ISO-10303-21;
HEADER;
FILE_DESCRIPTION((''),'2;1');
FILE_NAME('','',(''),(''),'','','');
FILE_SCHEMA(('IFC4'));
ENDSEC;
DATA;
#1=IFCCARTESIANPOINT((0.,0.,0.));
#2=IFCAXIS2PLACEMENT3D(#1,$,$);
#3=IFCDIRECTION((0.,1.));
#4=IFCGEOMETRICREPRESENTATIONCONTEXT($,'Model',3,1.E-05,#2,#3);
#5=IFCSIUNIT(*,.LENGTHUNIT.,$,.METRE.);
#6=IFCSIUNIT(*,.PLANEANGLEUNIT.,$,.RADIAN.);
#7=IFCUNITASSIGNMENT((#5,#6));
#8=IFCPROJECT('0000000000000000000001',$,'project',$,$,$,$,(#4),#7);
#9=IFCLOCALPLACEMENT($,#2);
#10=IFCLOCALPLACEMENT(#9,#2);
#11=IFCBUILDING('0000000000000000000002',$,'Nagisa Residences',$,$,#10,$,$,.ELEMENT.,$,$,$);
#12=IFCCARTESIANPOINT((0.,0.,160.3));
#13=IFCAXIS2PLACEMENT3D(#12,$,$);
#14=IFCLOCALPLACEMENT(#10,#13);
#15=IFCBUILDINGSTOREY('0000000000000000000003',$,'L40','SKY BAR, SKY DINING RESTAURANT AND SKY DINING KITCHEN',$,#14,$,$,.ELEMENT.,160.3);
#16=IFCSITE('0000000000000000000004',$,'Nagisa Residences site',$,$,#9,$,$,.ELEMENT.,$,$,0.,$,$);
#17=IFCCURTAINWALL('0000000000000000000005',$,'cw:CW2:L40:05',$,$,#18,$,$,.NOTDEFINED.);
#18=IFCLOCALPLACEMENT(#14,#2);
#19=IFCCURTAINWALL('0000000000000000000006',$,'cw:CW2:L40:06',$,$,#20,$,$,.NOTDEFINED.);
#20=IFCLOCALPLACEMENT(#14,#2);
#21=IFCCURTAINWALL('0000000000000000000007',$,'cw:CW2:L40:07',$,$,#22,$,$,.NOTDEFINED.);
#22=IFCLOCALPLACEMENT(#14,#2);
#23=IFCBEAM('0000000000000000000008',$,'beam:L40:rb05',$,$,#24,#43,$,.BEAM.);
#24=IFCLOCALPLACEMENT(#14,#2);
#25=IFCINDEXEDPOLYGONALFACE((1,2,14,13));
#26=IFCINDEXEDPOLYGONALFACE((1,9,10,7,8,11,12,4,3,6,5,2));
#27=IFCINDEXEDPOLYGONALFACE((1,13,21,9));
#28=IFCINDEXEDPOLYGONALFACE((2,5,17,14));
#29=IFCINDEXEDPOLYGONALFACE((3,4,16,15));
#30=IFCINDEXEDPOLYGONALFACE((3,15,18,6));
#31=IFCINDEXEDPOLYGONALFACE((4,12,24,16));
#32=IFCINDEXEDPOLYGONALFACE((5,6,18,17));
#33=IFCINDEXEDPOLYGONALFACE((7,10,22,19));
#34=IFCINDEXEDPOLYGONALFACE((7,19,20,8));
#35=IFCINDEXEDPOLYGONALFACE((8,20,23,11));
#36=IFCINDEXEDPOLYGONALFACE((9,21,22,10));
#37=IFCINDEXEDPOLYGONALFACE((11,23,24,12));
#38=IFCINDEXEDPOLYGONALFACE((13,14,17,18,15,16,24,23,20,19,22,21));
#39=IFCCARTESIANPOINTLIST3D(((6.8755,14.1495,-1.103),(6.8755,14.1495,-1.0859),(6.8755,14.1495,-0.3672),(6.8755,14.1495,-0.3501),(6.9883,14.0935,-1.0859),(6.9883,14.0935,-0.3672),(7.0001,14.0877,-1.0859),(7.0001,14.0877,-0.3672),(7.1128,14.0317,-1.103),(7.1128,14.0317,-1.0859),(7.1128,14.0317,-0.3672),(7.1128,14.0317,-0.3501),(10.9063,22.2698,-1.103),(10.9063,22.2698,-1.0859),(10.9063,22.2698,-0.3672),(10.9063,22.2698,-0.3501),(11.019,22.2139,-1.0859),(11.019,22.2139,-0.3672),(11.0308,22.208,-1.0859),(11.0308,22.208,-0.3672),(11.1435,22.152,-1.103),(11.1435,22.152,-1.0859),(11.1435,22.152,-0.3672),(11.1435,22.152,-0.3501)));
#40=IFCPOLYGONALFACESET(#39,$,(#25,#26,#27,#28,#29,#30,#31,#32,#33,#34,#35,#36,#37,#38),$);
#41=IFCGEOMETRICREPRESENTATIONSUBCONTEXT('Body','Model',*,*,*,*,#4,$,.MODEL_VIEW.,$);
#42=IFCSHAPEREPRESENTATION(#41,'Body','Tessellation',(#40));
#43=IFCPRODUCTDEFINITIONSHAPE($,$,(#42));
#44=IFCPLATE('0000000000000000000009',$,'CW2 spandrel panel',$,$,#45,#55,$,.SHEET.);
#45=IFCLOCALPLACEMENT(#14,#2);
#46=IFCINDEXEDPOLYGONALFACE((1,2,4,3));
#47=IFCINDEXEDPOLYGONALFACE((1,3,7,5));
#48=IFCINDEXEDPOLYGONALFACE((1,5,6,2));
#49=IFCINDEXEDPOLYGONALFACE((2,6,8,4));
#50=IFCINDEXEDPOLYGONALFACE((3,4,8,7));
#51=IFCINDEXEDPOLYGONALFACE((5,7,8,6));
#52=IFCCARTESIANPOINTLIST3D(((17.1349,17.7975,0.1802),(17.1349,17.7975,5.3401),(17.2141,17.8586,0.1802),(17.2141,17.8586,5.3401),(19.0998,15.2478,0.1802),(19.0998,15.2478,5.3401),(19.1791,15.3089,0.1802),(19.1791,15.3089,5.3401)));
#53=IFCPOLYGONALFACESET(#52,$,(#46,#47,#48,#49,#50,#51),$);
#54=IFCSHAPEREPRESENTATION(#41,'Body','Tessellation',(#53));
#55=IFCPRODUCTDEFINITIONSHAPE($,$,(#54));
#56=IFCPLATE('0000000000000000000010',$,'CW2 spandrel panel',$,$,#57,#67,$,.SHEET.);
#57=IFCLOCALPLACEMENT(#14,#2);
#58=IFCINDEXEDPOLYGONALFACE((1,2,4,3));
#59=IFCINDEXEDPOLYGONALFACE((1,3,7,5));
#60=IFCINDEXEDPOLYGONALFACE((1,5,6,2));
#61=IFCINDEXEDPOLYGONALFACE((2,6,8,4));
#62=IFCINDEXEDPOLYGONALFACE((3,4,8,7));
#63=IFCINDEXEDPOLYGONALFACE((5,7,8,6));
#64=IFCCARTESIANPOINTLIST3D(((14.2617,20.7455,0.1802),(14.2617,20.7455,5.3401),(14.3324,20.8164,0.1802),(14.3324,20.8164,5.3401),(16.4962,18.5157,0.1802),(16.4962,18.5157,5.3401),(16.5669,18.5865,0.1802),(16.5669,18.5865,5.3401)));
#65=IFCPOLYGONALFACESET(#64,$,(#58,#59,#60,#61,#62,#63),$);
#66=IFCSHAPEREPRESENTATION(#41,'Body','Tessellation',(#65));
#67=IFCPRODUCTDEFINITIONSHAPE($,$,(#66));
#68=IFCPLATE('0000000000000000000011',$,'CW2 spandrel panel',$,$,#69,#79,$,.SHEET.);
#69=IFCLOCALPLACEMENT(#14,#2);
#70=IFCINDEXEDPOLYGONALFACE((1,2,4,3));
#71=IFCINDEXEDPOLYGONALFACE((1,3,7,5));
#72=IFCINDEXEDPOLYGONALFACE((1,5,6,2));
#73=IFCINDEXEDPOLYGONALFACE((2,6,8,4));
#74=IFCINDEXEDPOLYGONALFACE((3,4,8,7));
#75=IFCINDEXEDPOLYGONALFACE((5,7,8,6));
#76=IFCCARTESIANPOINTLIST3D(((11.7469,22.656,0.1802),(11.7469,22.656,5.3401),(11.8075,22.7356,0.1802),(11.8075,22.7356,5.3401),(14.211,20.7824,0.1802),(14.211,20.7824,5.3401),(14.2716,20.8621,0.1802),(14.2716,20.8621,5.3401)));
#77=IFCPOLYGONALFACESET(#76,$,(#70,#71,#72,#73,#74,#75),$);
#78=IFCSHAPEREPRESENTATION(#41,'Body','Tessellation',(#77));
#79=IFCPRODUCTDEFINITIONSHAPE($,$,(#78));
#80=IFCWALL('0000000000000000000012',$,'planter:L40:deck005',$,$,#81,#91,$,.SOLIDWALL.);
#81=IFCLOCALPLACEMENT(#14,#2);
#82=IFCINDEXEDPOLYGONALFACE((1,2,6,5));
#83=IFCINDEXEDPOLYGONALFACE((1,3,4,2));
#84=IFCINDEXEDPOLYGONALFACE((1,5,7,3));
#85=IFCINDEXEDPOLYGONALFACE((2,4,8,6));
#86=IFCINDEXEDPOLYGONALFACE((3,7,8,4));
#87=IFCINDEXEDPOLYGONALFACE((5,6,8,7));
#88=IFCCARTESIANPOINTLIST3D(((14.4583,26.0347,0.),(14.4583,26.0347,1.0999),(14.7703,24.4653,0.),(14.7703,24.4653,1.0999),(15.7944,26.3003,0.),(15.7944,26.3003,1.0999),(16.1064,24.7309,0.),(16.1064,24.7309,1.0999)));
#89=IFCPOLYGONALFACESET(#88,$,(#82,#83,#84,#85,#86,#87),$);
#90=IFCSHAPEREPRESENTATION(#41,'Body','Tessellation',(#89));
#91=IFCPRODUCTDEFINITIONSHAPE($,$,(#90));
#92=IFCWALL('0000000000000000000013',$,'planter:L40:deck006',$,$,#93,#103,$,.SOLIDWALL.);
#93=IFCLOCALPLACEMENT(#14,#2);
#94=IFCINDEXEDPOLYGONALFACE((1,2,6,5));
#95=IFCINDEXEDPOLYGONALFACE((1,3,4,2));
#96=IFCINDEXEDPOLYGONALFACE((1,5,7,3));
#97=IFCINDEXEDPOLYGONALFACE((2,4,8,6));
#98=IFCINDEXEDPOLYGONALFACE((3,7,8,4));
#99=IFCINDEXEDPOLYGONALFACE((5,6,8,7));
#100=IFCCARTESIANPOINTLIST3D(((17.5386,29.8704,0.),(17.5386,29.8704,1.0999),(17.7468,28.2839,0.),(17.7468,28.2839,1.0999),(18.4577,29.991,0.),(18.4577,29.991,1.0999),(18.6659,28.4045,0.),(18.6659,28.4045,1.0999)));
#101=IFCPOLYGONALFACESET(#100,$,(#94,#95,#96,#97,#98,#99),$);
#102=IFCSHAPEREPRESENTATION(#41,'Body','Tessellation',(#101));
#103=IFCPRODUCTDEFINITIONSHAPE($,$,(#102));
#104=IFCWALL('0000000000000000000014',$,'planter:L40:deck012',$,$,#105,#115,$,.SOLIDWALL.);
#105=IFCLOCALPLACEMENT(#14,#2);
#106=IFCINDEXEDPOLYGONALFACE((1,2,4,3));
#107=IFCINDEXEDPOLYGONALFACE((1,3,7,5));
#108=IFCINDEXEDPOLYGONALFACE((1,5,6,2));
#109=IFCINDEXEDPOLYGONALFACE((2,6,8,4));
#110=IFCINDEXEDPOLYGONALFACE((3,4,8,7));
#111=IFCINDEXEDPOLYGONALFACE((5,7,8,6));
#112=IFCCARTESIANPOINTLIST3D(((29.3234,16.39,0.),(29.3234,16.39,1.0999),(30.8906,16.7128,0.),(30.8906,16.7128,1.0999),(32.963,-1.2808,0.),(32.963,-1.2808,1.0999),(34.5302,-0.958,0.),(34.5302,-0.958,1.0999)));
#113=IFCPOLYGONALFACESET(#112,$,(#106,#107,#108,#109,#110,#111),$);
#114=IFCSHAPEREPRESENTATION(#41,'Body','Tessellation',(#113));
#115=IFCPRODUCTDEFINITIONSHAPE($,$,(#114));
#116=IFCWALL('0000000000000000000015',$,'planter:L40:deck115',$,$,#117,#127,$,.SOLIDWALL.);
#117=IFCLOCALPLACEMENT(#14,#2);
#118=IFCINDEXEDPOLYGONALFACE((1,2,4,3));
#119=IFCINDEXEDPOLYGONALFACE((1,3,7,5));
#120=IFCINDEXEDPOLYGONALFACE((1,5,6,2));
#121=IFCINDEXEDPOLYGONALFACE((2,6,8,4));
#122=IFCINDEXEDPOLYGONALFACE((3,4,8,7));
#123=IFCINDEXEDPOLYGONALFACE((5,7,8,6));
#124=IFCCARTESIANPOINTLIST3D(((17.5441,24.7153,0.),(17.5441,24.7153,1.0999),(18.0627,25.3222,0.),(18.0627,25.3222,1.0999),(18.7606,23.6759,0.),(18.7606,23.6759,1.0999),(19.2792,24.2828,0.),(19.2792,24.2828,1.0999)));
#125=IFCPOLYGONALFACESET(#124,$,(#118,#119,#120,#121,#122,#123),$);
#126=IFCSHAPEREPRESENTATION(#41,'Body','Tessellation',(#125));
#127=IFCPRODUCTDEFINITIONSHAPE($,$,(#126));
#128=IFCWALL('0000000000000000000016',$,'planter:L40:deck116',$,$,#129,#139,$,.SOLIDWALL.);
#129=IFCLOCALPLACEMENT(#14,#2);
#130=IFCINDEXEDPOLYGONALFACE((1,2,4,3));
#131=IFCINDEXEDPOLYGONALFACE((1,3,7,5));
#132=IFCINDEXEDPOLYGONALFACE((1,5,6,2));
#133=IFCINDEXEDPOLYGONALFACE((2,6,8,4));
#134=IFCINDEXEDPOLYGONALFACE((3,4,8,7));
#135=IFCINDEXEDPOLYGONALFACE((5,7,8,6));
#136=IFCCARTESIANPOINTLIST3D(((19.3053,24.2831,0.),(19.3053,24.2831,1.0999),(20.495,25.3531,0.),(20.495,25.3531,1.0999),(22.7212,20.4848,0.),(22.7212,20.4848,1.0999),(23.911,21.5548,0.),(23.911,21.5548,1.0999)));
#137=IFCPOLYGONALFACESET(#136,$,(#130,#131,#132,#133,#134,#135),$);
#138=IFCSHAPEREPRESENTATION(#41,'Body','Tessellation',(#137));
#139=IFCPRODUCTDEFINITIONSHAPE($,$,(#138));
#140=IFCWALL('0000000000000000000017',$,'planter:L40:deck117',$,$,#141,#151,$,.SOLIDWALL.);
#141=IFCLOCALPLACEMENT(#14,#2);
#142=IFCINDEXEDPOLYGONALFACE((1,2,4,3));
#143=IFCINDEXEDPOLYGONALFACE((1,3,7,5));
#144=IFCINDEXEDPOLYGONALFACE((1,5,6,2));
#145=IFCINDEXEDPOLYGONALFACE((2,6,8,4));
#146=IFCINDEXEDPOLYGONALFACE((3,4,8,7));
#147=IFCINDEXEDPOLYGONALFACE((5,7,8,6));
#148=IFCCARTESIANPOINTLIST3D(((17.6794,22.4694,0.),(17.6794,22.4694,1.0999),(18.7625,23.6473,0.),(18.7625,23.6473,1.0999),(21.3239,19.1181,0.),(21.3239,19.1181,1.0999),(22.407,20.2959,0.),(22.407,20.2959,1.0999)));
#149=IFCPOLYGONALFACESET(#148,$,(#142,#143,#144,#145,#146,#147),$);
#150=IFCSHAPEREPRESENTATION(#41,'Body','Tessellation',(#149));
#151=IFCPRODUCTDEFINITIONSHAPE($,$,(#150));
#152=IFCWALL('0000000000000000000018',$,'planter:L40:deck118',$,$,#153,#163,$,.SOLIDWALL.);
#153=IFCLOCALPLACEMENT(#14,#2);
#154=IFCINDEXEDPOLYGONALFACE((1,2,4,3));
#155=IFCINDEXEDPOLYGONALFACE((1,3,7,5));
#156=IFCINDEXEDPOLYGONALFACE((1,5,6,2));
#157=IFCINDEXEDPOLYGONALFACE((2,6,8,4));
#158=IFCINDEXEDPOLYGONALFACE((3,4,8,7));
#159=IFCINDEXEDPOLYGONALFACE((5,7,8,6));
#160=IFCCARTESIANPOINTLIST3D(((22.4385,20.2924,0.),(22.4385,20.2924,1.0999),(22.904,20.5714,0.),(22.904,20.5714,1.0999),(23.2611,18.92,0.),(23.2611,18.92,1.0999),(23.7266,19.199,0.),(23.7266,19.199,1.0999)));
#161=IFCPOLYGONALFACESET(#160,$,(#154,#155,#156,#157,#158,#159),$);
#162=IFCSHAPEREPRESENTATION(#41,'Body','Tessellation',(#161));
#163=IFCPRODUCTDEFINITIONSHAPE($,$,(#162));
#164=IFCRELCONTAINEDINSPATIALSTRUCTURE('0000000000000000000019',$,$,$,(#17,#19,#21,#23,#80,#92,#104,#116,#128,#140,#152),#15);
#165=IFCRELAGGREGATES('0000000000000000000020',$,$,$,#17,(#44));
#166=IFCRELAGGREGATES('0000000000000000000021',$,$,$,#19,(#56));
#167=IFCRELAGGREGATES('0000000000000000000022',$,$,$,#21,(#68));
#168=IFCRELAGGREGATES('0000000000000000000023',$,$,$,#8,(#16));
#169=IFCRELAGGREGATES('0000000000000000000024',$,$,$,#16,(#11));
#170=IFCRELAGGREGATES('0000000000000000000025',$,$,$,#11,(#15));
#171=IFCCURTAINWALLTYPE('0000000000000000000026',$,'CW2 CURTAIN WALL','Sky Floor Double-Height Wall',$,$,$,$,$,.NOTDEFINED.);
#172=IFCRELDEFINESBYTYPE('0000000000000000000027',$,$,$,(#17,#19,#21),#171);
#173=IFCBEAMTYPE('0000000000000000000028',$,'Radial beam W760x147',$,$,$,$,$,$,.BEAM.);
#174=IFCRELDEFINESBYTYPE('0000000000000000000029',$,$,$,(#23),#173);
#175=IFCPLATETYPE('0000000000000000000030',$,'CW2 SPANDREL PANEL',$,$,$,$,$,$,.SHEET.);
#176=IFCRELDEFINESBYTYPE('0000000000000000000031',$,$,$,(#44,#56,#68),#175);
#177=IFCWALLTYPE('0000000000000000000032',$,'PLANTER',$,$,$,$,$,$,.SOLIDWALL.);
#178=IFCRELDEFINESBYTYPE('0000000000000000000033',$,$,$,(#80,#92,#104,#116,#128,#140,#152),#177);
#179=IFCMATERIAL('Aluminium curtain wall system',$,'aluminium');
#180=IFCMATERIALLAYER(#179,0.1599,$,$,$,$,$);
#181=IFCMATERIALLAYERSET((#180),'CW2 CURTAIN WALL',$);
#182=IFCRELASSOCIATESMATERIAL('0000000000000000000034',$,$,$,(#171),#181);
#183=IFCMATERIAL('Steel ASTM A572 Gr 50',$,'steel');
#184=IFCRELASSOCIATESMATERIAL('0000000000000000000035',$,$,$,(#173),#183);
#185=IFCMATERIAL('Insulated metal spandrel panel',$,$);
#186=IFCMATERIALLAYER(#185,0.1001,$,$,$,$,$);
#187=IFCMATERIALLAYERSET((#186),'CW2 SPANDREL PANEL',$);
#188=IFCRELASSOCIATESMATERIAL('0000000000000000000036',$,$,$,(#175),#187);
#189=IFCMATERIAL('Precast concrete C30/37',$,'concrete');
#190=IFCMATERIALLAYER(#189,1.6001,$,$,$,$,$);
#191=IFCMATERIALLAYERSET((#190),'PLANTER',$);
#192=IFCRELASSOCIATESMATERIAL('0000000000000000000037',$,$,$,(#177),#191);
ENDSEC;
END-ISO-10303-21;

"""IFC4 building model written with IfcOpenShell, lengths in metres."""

from ifc_helpers import new_model, si_unit, direction, frame, frame_2d, origin, origin_2d, place, context, subcontext, project, spatial, rectangle, i_section, extrude, material, layer, layer_set, material_profile, profile_set, type_object, element, aggregate, save


model = new_model("IFC4")

# Units and contexts
model_context = context("Model", 3, precision=1e-05, world=origin(), true_north=direction((0.0, 1.0)))
body_context = subcontext(model_context, "Body", "Model", "MODEL_VIEW")
ifc_project = project(units=[si_unit("LENGTHUNIT", "METRE"), si_unit("PLANEANGLEUNIT", "RADIAN")], contexts=[model_context])

# Site, building, storey
site_placement = place(None, origin())
site = spatial("IfcSite", under=ifc_project, at=site_placement, Name="Nagisa Residences site", CompositionType="ELEMENT", RefElevation=0.0)
building_placement = place(site_placement, origin())
building = spatial("IfcBuilding", under=site, at=building_placement, Name="Nagisa Residences", CompositionType="ELEMENT")
storey_placement = place(building_placement, frame((0.0, 0.0, 160.3)))
storey = spatial("IfcBuildingStorey", under=building, at=storey_placement, Name="L40", Description="SKY BAR, SKY DINING RESTAURANT AND SKY DINING KITCHEN", CompositionType="ELEMENT", Elevation=160.3)

# Curtain walls
ifc_material_1 = material(Name="Aluminium curtain wall system", Category="aluminium")
ifc_layer_1 = layer(ifc_material_1, 0.1599)
ifc_layer_set_1 = layer_set([ifc_layer_1], Name="CW2 CURTAIN WALL")
curtain_wall_type = type_object("IfcCurtainWallType", Name="CW2 CURTAIN WALL", Description="Sky Floor Double-Height Wall", PredefinedType="NOTDEFINED", material=ifc_layer_set_1)
curtain_wall_1_placement = place(storey_placement, origin())
curtain_wall_1 = element("IfcCurtainWall", 1, at=curtain_wall_1_placement, inside=storey, type_object=curtain_wall_type, Name="cw:CW2:L40:05", PredefinedType="NOTDEFINED")
curtain_wall_2_placement = place(storey_placement, origin())
curtain_wall_2 = element("IfcCurtainWall", 2, at=curtain_wall_2_placement, inside=storey, type_object=curtain_wall_type, Name="cw:CW2:L40:06", PredefinedType="NOTDEFINED")
curtain_wall_3_placement = place(storey_placement, origin())
curtain_wall_3 = element("IfcCurtainWall", 3, at=curtain_wall_3_placement, inside=storey, type_object=curtain_wall_type, Name="cw:CW2:L40:07", PredefinedType="NOTDEFINED")

# Beam
ifc_material_2 = material(Name="Steel ASTM A572 Gr 50", Category="steel")
ifc_material_profile_1 = material_profile(ifc_material_2, i_section(OverallWidth=0.2649, OverallDepth=0.7529, WebThickness=0.0132, FlangeThickness=0.0171, at=origin_2d()), Name="W760x147")
ifc_profile_set_1 = profile_set([ifc_material_profile_1], Name="Steel ASTM A572 Gr 50")
beam_type_1 = type_object("IfcBeamType", Name="Radial beam W760x147", PredefinedType="BEAM", material=ifc_profile_set_1)
beam_1_placement = place(storey_placement, frame((11.0249, 22.2109, -0.7266), z_axis=(-0.444616, -0.895721, 0.0), x_axis=(0.895721, -0.444616, 0.0)))
element("IfcBeam", 4, at=beam_1_placement, inside=storey, type_object=beam_type_1, Name="beam:L40:rb05", PredefinedType="BEAM", context=body_context, shape_type="SweptSolid", body=[
    extrude(i_section(OverallWidth=0.2649, OverallDepth=0.7529, WebThickness=0.0132, FlangeThickness=0.0171, at=origin_2d()), origin(), (0.0, 0.0, 1.0), 9.0657),
])

# Plates
ifc_material_3 = material(Name="Insulated metal spandrel panel")
ifc_layer_2 = layer(ifc_material_3, 0.1001)
ifc_layer_set_2 = layer_set([ifc_layer_2], Name="CW2 SPANDREL PANEL")
plate_type = type_object("IfcPlateType", Name="CW2 SPANDREL PANEL", PredefinedType="SHEET", material=ifc_layer_set_2)
plate_1_placement = place(storey_placement, frame((18.157, 16.5532, 0.1802), z_axis=(0.0, 0.0, 1.0), x_axis=(-0.61043, 0.79207, 0.0)))
plate_1 = element("IfcPlate", 5, at=plate_1_placement, type_object=plate_type, Name="CW2 spandrel panel", PredefinedType="SHEET", context=body_context, shape_type="SweptSolid", body=[
    extrude(rectangle(XDim=3.219, YDim=0.1001, at=origin_2d()), origin(), (0.0, 0.0, 1.0), 5.1599),
])
aggregate(curtain_wall_1, [plate_1])
plate_2_placement = place(storey_placement, frame((15.4143, 19.666, 0.1802), z_axis=(0.0, 0.0, 1.0), x_axis=(-0.707836, 0.706377, 0.0)))
plate_2 = element("IfcPlate", 6, at=plate_2_placement, type_object=plate_type, Name="CW2 spandrel panel", PredefinedType="SHEET", context=body_context, shape_type="SweptSolid", body=[
    extrude(rectangle(XDim=3.1567, YDim=0.1001, at=origin_2d()), origin(), (0.0, 0.0, 1.0), 5.1599),
])
aggregate(curtain_wall_2, [plate_2])
plate_3_placement = place(storey_placement, frame((13.0093, 21.759, 0.1802), z_axis=(0.0, 0.0, 1.0), x_axis=(-0.796031, 0.605255, 0.0)))
plate_3 = element("IfcPlate", 7, at=plate_3_placement, type_object=plate_type, Name="CW2 spandrel panel", PredefinedType="SHEET", context=body_context, shape_type="SweptSolid", body=[
    extrude(rectangle(XDim=3.0955, YDim=0.1001, at=origin_2d()), origin(), (0.0, 0.0, 1.0), 5.1599),
])
aggregate(curtain_wall_3, [plate_3])

# Walls
ifc_material_4 = material(Name="Precast concrete C30/37", Category="concrete")
ifc_layer_3 = layer(ifc_material_4, 1.6001)
ifc_layer_set_3 = layer_set([ifc_layer_3], Name="PLANTER")
wall_type = type_object("IfcWallType", Name="PLANTER", PredefinedType="SOLIDWALL", material=ifc_layer_set_3)
wall_1_placement = place(storey_placement, frame((14.6143, 25.25, 0.0), z_axis=(0.0, 0.0, 1.0), x_axis=(0.980807, 0.194979, 0.0)))
element("IfcWall", 8, at=wall_1_placement, inside=storey, type_object=wall_type, Name="planter:L40:deck005", PredefinedType="SOLIDWALL", context=body_context, shape_type="SweptSolid", body=[
    extrude(rectangle(XDim=1.3623, YDim=1.6001, at=frame_2d((0.6812, 0.0))), origin(), (0.0, 0.0, 1.0), 1.0999),
])
wall_2_placement = place(storey_placement, frame((17.6428, 29.0771, 0.0), z_axis=(0.0, 0.0, 1.0), x_axis=(0.991502, 0.130093, 0.0)))
element("IfcWall", 9, at=wall_2_placement, inside=storey, type_object=wall_type, Name="planter:L40:deck006", PredefinedType="SOLIDWALL", context=body_context, shape_type="SweptSolid", body=[
    extrude(rectangle(XDim=0.927, YDim=1.6001, at=frame_2d((0.4634, 0.0))), origin(), (0.0, 0.0, 1.0), 1.0999),
])
wall_3_placement = place(storey_placement, frame((30.1069, 16.5515, 0.0), z_axis=(0.0, 0.0, 1.0), x_axis=(0.201734, -0.97944, 0.0)))
element("IfcWall", 10, at=wall_3_placement, inside=storey, type_object=wall_type, Name="planter:L40:deck012", PredefinedType="SOLIDWALL", context=body_context, shape_type="SweptSolid", body=[
    extrude(rectangle(XDim=18.0417, YDim=1.6001, at=frame_2d((9.021, 0.0))), origin(), (0.0, 0.0, 1.0), 1.0999),
])
wall_4_placement = place(storey_placement, frame((18.1523, 24.1956, 0.0), z_axis=(0.0, 0.0, 1.0), x_axis=(0.649582, 0.760292, 0.0)))
element("IfcWall", 11, at=wall_4_placement, inside=storey, type_object=wall_type, Name="planter:L40:deck115", PredefinedType="SOLIDWALL", context=body_context, shape_type="SweptSolid", body=[
    extrude(rectangle(XDim=0.7983, YDim=1.6001, at=frame_2d((0.3992, 0.0))), origin(), (0.0, 0.0, 1.0), 1.0999),
])
wall_5_placement = place(storey_placement, frame((19.9001, 24.8181, 0.0), z_axis=(0.0, 0.0, 1.0), x_axis=(0.668695, -0.743536, 0.0)))
element("IfcWall", 12, at=wall_5_placement, inside=storey, type_object=wall_type, Name="planter:L40:deck116", PredefinedType="SOLIDWALL", context=body_context, shape_type="SweptSolid", body=[
    extrude(rectangle(XDim=5.1084, YDim=1.6001, at=frame_2d((2.5542, 0.0))), origin(), (0.0, 0.0, 1.0), 1.0999),
])
wall_6_placement = place(storey_placement, frame((21.8655, 19.707, 0.0), z_axis=(0.0, 0.0, 1.0), x_axis=(-0.736097, 0.676876, 0.0)))
element("IfcWall", 13, at=wall_6_placement, inside=storey, type_object=wall_type, Name="planter:L40:deck117", PredefinedType="SOLIDWALL", context=body_context, shape_type="SweptSolid", body=[
    extrude(rectangle(XDim=4.9512, YDim=1.6001, at=frame_2d((2.4756, 0.0))), origin(), (0.0, 0.0, 1.0), 1.0999),
])
wall_7_placement = place(storey_placement, frame((23.3154, 19.8853, 0.0), z_axis=(0.0, 0.0, 1.0), x_axis=(-0.857731, -0.514099, 0.0)))
element("IfcWall", 14, at=wall_7_placement, inside=storey, type_object=wall_type, Name="planter:L40:deck118", PredefinedType="SOLIDWALL", context=body_context, shape_type="SweptSolid", body=[
    extrude(rectangle(XDim=0.5427, YDim=1.6001, at=frame_2d((0.2715, 0.0))), origin(), (0.0, 0.0, 1.0), 1.0999),
])

save(model, "model.ifc")
